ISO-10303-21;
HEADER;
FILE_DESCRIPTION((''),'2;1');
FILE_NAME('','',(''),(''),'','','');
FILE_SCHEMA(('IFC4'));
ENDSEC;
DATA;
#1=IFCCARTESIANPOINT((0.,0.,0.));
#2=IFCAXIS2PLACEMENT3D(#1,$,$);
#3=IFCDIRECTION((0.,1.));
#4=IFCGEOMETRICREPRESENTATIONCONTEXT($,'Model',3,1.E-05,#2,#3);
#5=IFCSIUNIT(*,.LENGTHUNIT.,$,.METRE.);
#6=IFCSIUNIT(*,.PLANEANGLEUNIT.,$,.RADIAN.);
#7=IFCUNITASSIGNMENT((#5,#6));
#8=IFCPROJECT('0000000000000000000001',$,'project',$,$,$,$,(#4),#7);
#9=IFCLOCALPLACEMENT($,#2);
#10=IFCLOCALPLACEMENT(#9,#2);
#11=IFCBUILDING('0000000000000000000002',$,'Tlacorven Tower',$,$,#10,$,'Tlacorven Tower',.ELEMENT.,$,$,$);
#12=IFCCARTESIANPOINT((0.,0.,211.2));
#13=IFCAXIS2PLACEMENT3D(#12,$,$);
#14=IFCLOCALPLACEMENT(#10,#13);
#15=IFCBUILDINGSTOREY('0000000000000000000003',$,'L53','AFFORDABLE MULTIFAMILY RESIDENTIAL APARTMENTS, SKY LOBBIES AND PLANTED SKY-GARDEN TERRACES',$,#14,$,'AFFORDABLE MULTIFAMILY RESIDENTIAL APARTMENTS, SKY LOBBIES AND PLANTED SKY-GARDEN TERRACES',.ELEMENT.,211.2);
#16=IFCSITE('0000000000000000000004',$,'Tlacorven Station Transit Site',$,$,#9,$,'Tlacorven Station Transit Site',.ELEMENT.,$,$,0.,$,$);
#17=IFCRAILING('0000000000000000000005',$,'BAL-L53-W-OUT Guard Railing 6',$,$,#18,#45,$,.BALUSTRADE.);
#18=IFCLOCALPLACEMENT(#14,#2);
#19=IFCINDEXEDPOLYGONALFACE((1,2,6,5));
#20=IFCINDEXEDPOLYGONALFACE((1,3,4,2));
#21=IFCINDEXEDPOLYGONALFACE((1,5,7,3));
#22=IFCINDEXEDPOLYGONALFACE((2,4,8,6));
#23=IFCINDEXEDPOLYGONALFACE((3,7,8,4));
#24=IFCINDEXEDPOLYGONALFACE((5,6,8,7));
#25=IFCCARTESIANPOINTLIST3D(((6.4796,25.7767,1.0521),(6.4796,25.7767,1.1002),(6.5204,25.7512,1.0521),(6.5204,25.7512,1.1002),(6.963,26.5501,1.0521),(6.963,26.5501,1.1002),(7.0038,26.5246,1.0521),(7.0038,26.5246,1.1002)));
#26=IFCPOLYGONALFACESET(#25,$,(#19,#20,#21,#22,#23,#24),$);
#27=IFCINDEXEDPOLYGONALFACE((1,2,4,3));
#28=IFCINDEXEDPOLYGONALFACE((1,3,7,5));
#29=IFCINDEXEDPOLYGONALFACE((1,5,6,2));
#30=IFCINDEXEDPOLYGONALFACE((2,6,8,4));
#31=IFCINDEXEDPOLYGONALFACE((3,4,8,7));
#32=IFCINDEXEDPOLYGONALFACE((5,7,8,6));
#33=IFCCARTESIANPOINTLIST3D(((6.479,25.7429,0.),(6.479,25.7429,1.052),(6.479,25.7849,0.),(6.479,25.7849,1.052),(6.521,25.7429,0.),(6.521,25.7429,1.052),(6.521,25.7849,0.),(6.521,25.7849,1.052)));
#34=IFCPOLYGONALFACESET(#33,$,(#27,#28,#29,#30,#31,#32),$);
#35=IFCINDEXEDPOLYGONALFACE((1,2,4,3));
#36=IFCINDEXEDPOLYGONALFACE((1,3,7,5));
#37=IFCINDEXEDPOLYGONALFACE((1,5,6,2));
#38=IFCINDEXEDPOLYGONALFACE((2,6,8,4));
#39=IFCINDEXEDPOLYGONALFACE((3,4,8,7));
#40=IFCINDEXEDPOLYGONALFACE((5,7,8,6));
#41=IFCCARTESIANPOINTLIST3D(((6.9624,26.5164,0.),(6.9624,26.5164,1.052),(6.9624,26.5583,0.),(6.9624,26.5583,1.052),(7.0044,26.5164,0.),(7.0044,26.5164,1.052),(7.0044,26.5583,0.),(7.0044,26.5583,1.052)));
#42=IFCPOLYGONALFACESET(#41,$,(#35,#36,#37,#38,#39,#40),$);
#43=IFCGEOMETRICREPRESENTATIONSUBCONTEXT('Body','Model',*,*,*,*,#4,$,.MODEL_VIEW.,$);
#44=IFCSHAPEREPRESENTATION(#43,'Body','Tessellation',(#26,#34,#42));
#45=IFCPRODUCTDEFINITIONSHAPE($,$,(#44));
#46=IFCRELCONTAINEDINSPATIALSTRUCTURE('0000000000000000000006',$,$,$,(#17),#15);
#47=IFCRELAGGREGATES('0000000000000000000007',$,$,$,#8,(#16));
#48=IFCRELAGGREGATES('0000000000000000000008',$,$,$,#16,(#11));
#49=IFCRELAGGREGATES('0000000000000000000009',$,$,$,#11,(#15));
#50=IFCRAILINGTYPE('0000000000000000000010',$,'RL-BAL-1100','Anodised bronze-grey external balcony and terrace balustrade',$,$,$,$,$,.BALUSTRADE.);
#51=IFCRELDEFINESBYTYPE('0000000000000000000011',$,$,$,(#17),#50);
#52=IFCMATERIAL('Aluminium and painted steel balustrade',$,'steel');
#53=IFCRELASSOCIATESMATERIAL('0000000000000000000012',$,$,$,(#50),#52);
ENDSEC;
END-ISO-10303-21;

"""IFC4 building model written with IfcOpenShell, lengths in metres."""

from ifc_helpers import new_model, si_unit, direction, frame, origin, origin_2d, place, context, subcontext, project, spatial, rectangle, extrude, source, transform, mapped, material, type_object, element, save


model = new_model("IFC4")

# Units and contexts
model_context = context("Model", 3, precision=1e-05, world=origin(), true_north=direction((0.0, 1.0)))
body_context = subcontext(model_context, "Body", "Model", "MODEL_VIEW")
ifc_project = project(units=[si_unit("LENGTHUNIT", "METRE"), si_unit("PLANEANGLEUNIT", "RADIAN")], contexts=[model_context])

# Site, building, storey
site_placement = place(None, origin())
site = spatial("IfcSite", under=ifc_project, at=site_placement, Name="Tlacorven Station Transit Site", LongName="Tlacorven Station Transit Site", CompositionType="ELEMENT", RefElevation=0.0)
building_placement = place(site_placement, origin())
building = spatial("IfcBuilding", under=site, at=building_placement, Name="Tlacorven Tower", LongName="Tlacorven Tower", CompositionType="ELEMENT")
storey_placement = place(building_placement, frame((0.0, 0.0, 211.2)))
storey = spatial("IfcBuildingStorey", under=building, at=storey_placement, Name="L53", Description="AFFORDABLE MULTIFAMILY RESIDENTIAL APARTMENTS, SKY LOBBIES AND PLANTED SKY-GARDEN TERRACES", LongName="AFFORDABLE MULTIFAMILY RESIDENTIAL APARTMENTS, SKY LOBBIES AND PLANTED SKY-GARDEN TERRACES", CompositionType="ELEMENT", Elevation=211.2)

# Railing
ifc_material_1 = material(Name="Aluminium and painted steel balustrade", Category="steel")
railing_type = type_object("IfcRailingType", Name="RL-BAL-1100", Description="Anodised bronze-grey external balcony and terrace balustrade", PredefinedType="BALUSTRADE", material=ifc_material_1)
shared_shape_1 = source(origin(), body_context, "Body", "SweptSolid", [
    extrude(rectangle(XDim=0.0481, YDim=0.0481, at=origin_2d()), frame((0.0, 0.0, 1.0762), z_axis=(0.529999, 0.847998, 0.0), x_axis=(-0.847998, 0.529999, 0.0)), (0.0, 0.0, 1.0), 0.9121),
    extrude(rectangle(XDim=0.042, YDim=0.042, at=origin_2d()), origin(), (0.0, 0.0, 1.0), 1.052),
    extrude(rectangle(XDim=0.042, YDim=0.042, at=origin_2d()), frame((0.4834, 0.7734, 0.0)), (0.0, 0.0, 1.0), 1.052),
])
railing_1_placement = place(storey_placement, frame((6.5, 25.7639, 0.0)))
element("IfcRailing", 1, at=railing_1_placement, inside=storey, type_object=railing_type, Name="BAL-L53-W-OUT Guard Railing 6", PredefinedType="BALUSTRADE", context=body_context, shape_type="MappedRepresentation", body=[
    mapped(shared_shape_1, transform((0.0, 0.0, 0.0), scale=1.0)),
])

save(model, "model.ifc")
